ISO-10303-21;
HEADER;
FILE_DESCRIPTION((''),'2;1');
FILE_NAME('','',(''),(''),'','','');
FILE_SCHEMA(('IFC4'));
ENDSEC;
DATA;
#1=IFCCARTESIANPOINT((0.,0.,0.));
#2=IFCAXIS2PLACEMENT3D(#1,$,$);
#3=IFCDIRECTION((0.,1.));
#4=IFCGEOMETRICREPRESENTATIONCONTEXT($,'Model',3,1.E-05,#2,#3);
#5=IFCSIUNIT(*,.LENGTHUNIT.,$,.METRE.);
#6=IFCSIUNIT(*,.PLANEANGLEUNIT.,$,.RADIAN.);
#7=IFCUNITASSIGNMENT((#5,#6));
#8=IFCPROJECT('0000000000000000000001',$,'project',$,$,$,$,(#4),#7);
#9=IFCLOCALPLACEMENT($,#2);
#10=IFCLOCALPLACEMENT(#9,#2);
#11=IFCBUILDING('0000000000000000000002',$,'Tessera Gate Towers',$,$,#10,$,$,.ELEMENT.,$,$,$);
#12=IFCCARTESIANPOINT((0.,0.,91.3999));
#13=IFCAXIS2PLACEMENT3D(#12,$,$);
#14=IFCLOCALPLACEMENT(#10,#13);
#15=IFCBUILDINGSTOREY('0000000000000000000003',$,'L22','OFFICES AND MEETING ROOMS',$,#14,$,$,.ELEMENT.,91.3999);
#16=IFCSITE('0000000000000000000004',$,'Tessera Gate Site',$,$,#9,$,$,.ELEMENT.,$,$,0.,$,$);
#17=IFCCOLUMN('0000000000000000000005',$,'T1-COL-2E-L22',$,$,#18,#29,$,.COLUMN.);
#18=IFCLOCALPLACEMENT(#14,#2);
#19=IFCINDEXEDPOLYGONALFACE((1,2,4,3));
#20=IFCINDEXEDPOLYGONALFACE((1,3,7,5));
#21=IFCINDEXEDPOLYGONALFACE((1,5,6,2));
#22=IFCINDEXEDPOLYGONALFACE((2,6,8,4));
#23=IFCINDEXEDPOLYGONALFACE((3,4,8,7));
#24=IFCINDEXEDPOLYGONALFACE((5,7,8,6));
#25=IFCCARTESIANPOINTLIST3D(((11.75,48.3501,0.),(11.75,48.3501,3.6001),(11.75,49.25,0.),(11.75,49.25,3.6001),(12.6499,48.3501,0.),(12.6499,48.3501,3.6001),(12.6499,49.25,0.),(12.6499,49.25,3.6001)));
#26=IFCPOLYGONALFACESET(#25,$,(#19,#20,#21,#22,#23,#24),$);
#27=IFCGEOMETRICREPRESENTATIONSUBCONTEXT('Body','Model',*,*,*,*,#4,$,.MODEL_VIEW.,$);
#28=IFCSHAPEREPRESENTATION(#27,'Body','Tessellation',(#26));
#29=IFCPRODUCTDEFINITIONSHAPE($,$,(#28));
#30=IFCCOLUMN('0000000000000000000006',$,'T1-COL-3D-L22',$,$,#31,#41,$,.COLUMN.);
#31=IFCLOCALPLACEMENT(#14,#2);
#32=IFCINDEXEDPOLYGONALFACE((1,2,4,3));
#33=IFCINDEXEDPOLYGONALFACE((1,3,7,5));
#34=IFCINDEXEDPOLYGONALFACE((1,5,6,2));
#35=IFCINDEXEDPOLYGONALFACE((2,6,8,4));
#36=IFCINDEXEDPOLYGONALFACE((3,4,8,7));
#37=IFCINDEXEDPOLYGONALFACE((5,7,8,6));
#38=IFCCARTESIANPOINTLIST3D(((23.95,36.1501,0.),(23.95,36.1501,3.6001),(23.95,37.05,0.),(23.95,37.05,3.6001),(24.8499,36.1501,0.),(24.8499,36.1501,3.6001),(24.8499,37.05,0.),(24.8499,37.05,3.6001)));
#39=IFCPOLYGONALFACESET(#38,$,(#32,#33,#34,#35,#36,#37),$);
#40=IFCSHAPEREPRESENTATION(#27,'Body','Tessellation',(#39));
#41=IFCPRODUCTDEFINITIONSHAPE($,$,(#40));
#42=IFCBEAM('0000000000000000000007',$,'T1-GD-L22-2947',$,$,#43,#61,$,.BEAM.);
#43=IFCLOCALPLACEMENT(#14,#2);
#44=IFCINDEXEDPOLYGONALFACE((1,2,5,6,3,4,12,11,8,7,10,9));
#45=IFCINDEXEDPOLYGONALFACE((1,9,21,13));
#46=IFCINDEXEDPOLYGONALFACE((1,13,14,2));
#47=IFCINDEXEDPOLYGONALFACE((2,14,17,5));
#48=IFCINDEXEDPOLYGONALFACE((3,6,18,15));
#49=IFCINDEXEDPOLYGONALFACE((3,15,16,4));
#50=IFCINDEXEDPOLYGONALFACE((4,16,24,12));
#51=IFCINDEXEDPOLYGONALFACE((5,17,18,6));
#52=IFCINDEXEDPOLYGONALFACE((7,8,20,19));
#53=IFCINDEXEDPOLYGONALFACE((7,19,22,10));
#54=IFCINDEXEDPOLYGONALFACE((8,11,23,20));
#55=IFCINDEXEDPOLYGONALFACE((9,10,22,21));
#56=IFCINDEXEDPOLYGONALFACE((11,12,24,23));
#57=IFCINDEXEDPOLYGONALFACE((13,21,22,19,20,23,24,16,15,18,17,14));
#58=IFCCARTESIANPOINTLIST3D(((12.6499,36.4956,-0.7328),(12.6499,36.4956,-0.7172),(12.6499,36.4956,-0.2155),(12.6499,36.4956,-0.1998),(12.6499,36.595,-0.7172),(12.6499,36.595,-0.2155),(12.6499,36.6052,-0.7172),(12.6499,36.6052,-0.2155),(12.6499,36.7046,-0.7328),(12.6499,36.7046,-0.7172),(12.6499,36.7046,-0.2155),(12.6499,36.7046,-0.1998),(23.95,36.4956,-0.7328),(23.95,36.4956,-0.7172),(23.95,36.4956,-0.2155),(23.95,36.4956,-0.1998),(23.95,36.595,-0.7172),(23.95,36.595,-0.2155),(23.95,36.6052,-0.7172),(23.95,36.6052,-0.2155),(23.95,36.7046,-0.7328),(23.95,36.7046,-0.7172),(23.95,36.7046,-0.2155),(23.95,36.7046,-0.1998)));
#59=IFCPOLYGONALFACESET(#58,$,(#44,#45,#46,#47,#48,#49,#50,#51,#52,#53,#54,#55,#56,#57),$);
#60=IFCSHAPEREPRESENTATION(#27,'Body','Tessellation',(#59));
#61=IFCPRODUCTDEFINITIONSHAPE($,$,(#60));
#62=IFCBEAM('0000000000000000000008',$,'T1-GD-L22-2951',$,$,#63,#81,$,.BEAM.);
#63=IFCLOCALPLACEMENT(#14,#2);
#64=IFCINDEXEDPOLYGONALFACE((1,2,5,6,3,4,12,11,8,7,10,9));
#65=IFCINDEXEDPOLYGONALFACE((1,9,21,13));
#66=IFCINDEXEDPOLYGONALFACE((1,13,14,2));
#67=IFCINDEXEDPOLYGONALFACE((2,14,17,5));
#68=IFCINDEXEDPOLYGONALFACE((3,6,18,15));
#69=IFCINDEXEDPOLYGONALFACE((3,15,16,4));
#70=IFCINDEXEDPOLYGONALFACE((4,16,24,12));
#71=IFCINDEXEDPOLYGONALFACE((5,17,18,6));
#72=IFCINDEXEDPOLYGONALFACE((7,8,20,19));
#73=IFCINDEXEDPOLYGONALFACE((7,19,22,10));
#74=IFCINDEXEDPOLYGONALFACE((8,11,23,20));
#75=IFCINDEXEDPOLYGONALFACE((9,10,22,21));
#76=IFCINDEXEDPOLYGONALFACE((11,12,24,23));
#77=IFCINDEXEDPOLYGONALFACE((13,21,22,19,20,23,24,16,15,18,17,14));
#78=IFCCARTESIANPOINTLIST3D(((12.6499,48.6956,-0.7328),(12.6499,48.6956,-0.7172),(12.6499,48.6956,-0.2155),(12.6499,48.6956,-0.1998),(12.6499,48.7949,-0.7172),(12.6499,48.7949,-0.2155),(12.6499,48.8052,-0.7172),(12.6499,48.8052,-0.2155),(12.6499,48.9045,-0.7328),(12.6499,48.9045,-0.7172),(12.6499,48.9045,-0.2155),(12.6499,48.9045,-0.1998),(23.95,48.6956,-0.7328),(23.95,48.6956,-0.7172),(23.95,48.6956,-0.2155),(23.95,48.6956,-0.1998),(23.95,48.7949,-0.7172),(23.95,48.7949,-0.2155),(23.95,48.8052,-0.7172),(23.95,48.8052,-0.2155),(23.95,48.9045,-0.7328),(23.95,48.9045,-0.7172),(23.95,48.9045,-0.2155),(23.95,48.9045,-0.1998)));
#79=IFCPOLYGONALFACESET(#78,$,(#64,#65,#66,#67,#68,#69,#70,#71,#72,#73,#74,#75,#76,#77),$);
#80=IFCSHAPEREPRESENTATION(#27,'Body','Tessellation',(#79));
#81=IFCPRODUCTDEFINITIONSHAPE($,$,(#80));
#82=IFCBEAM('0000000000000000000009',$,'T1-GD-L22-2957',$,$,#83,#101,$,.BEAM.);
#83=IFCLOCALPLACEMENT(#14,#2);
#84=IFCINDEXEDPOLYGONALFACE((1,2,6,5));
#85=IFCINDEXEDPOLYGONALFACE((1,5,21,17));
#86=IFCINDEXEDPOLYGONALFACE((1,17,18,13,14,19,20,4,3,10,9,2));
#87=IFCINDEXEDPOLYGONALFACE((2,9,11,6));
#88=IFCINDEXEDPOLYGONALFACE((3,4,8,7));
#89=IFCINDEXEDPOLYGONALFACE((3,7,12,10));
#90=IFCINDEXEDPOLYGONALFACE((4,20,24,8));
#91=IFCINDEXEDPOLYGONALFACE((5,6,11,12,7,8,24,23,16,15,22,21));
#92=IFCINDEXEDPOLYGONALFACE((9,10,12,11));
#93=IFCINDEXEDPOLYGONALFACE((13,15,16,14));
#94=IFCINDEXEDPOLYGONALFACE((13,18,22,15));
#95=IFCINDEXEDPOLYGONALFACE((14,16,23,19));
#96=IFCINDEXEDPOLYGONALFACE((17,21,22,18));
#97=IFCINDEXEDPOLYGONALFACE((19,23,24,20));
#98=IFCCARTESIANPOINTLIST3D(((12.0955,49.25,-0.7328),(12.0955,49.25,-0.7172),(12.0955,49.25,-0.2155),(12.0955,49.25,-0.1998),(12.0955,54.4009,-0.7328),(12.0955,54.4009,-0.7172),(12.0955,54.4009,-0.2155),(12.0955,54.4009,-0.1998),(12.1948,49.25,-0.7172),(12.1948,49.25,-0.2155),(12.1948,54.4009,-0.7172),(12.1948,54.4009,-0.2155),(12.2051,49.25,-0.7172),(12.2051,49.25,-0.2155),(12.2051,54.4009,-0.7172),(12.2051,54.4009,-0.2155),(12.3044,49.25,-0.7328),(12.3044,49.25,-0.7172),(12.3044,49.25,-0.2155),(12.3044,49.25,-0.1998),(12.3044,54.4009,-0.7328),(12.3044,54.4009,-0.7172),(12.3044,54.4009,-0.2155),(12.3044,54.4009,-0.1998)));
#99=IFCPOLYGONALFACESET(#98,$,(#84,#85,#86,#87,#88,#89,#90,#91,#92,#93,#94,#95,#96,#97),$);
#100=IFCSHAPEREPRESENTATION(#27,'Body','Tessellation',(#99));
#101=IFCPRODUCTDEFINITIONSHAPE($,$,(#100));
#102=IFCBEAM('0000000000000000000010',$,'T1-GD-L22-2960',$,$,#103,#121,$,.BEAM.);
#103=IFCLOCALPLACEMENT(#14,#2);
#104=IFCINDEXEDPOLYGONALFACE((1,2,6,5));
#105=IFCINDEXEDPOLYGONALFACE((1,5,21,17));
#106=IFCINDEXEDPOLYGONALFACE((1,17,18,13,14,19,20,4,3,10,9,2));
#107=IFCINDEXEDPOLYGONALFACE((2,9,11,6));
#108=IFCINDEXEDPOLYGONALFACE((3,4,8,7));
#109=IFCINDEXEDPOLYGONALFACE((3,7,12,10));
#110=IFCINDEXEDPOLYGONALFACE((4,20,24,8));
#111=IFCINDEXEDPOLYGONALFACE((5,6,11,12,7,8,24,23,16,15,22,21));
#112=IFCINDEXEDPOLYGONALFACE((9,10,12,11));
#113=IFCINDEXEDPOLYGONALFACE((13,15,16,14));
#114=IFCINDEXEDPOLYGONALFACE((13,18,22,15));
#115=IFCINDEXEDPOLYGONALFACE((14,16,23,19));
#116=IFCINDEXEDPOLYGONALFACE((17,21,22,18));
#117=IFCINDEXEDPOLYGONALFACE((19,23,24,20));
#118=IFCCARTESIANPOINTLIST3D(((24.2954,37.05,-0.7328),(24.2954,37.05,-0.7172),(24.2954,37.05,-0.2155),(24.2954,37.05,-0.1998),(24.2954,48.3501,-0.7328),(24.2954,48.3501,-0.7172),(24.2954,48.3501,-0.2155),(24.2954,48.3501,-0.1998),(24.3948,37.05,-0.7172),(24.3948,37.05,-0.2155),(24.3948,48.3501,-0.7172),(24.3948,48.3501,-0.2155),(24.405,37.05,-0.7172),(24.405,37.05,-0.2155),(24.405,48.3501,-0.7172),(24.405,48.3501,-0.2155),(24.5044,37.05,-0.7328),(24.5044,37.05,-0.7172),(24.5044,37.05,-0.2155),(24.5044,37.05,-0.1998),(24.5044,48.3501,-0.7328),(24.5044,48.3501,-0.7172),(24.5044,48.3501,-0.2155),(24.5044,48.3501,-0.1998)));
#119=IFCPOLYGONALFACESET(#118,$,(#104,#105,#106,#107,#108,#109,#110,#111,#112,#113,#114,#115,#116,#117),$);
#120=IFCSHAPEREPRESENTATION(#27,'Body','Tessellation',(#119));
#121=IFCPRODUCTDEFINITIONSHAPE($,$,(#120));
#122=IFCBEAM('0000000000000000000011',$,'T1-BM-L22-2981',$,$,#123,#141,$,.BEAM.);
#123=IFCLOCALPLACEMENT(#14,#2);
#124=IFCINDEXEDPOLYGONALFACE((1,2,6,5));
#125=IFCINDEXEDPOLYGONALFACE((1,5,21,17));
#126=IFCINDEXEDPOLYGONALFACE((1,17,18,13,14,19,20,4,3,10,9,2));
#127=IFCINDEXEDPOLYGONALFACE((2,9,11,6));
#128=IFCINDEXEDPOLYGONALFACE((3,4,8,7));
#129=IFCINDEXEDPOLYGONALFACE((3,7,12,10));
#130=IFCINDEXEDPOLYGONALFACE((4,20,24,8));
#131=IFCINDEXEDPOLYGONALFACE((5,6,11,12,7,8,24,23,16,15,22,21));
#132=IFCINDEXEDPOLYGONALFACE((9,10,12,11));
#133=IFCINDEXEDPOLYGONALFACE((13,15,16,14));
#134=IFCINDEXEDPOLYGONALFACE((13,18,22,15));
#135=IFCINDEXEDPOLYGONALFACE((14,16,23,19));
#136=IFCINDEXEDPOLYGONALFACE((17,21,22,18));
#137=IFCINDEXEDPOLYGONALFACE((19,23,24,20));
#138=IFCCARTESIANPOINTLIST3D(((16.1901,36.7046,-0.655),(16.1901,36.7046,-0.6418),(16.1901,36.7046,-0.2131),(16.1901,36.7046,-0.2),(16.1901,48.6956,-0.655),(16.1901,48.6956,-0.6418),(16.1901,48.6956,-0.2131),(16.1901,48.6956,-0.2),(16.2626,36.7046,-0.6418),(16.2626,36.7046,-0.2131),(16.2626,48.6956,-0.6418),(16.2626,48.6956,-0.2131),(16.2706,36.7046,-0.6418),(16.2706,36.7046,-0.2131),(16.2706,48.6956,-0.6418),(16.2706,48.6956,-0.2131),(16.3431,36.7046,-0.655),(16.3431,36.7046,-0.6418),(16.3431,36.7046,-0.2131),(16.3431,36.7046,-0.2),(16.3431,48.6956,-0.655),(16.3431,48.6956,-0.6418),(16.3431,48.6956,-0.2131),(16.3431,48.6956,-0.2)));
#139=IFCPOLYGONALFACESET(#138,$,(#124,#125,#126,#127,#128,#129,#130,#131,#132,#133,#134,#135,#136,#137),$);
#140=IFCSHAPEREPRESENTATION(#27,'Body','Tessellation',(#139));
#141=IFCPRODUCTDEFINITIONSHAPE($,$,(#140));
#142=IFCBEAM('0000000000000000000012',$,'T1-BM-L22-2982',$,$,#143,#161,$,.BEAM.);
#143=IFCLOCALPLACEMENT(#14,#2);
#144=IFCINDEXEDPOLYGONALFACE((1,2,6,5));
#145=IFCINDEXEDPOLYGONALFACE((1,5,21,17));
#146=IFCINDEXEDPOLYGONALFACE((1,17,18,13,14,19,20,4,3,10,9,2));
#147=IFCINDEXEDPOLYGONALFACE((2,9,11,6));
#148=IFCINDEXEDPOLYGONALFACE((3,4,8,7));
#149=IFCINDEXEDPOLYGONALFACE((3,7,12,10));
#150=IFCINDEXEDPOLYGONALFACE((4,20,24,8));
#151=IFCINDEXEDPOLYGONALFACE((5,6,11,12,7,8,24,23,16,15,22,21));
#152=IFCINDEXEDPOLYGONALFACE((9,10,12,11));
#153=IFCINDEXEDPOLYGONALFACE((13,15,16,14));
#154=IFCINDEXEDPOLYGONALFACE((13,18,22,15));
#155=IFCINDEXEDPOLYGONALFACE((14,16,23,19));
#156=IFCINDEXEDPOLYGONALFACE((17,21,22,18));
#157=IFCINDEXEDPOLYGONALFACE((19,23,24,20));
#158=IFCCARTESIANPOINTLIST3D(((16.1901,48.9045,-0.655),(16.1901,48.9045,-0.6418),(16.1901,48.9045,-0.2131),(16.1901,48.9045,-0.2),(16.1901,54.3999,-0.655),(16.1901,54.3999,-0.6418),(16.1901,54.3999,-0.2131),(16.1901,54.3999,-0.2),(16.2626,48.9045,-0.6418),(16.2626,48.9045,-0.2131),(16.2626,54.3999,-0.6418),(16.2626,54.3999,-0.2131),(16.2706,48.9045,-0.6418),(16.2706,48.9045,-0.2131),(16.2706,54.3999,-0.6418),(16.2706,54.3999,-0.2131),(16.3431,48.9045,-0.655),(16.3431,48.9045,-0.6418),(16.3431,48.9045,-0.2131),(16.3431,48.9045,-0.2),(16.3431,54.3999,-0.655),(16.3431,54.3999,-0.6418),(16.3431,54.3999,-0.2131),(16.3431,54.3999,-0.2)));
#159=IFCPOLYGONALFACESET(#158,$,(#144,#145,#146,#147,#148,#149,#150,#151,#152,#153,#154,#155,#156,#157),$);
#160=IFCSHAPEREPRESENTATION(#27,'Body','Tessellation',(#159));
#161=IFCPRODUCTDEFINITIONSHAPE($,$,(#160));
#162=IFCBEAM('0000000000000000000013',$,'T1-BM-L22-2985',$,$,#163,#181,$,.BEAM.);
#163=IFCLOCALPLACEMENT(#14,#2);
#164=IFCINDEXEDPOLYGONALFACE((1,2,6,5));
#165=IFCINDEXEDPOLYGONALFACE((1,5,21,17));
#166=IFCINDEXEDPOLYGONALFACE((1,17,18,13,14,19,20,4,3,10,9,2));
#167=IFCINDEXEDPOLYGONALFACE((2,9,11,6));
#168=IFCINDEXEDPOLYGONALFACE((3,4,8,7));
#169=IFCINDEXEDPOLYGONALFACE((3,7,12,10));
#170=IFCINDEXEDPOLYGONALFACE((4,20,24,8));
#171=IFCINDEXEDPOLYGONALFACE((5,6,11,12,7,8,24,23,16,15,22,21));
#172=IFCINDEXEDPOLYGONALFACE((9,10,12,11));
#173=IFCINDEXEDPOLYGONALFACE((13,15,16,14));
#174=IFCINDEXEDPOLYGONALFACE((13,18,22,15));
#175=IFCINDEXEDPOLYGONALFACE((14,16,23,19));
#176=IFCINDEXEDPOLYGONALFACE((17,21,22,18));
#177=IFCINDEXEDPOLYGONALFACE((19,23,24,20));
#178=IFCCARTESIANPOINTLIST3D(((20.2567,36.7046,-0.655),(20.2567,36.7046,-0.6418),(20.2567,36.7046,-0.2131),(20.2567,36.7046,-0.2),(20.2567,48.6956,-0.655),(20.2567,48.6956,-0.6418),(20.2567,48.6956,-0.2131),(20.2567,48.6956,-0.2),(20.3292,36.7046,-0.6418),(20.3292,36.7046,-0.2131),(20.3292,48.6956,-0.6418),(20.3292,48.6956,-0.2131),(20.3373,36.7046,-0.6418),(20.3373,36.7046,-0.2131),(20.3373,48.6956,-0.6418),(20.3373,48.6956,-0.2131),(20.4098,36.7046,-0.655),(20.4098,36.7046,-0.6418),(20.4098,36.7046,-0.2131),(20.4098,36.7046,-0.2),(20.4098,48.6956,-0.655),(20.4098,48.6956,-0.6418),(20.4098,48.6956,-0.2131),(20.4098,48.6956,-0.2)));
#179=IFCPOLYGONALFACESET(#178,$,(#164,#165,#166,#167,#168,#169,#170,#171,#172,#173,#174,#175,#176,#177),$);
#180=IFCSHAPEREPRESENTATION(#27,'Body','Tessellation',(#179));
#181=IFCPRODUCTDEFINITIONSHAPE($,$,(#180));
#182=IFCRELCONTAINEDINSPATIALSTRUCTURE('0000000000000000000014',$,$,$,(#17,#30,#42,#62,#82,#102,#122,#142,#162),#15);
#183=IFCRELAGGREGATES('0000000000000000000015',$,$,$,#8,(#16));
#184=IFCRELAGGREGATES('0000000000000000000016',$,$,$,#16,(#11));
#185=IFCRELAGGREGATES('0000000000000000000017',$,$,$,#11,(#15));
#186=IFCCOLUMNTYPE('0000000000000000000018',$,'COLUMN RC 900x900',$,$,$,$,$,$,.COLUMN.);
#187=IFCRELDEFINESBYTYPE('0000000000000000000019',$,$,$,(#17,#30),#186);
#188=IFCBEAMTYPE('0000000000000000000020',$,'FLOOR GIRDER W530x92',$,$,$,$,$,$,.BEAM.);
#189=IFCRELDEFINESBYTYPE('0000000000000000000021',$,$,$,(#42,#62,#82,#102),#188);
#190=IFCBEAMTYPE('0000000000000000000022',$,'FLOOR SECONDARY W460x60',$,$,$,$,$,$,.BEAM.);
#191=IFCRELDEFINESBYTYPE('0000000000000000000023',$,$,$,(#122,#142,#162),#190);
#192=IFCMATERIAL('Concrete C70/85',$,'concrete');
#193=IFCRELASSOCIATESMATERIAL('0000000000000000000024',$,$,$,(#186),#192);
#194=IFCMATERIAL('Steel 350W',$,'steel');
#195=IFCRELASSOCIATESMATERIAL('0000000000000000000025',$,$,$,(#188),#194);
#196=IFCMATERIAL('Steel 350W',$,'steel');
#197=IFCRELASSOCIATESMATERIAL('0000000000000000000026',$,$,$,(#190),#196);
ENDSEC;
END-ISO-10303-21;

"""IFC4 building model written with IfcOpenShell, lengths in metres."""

from ifc_helpers import new_model, si_unit, direction, frame, origin, origin_2d, place, context, subcontext, project, spatial, rectangle, i_section, extrude, material, material_profile, profile_set, type_object, element, save


model = new_model("IFC4")

# Units and contexts
model_context = context("Model", 3, precision=1e-05, world=origin(), true_north=direction((0.0, 1.0)))
body_context = subcontext(model_context, "Body", "Model", "MODEL_VIEW")
ifc_project = project(units=[si_unit("LENGTHUNIT", "METRE"), si_unit("PLANEANGLEUNIT", "RADIAN")], contexts=[model_context])

# Site, building, storey
site_placement = place(None, origin())
site = spatial("IfcSite", under=ifc_project, at=site_placement, Name="Tessera Gate Site", CompositionType="ELEMENT", RefElevation=0.0)
building_placement = place(site_placement, origin())
building = spatial("IfcBuilding", under=site, at=building_placement, Name="Tessera Gate Towers", CompositionType="ELEMENT")
storey_placement = place(building_placement, frame((0.0, 0.0, 91.3999)))
storey = spatial("IfcBuildingStorey", under=building, at=storey_placement, Name="L22", Description="OFFICES AND MEETING ROOMS", CompositionType="ELEMENT", Elevation=91.3999)

# Columns
ifc_material_1 = material(Name="Concrete C70/85", Category="concrete")
ifc_material_profile_1 = material_profile(ifc_material_1, rectangle(XDim=0.8999, YDim=0.8999, at=origin_2d()), Name="RC 900x900")
ifc_profile_set_1 = profile_set([ifc_material_profile_1], Name="Concrete C70/85")
column_type = type_object("IfcColumnType", Name="COLUMN RC 900x900", PredefinedType="COLUMN", material=ifc_profile_set_1)
for number, where, z_axis, x_axis, name in (
    (1, (12.2, 48.8, 0.0), (0.0, 0.0, 1.0), (1.0, 0.0, 0.0), "T1-COL-2E-L22"),
    (2, (24.3999, 36.6001, 0.0), (0.0, 0.0, 1.0), (1.0, 0.0, 0.0), "T1-COL-3D-L22"),
):
    element("IfcColumn", number, at=place(storey_placement, frame(where, z_axis=z_axis, x_axis=x_axis)), inside=storey, type_object=column_type, Name=name, PredefinedType="COLUMN", context=body_context, shape_type="SweptSolid", body=[
        extrude(rectangle(XDim=0.8999, YDim=0.8999, at=origin_2d()), origin(), (0.0, 0.0, 1.0), 3.6001),
    ])

# Beams
ifc_material_2 = material(Name="Steel 350W", Category="steel")
ifc_material_profile_2 = material_profile(ifc_material_2, i_section(OverallWidth=0.209, OverallDepth=0.533, WebThickness=0.0103, FlangeThickness=0.0156, at=origin_2d()), Name="W530x92")
ifc_profile_set_2 = profile_set([ifc_material_profile_2], Name="Steel 350W")
beam_type_1 = type_object("IfcBeamType", Name="FLOOR GIRDER W530x92", PredefinedType="BEAM", material=ifc_profile_set_2)
for number, where, z_axis, x_axis, name in (
    (3, (12.6499, 36.6001, -0.4663), (1.0, 0.0, 0.0), (0.0, 1.0, 0.0), "T1-GD-L22-2947"),
    (4, (12.6499, 48.8, -0.4663), (1.0, 0.0, 0.0), (0.0, 1.0, 0.0), "T1-GD-L22-2951"),
):
    element("IfcBeam", number, at=place(storey_placement, frame(where, z_axis=z_axis, x_axis=x_axis)), inside=storey, type_object=beam_type_1, Name=name, PredefinedType="BEAM", context=body_context, shape_type="SweptSolid", body=[
        extrude(i_section(OverallWidth=0.209, OverallDepth=0.533, WebThickness=0.0103, FlangeThickness=0.0156, at=origin_2d()), origin(), (0.0, 0.0, 1.0), 11.3),
    ])
beam_1_placement = place(storey_placement, frame((12.2, 49.25, -0.4663), z_axis=(0.0, 1.0, 0.0), x_axis=(-1.0, 0.0, 0.0)))
element("IfcBeam", 5, at=beam_1_placement, inside=storey, type_object=beam_type_1, Name="T1-GD-L22-2957", PredefinedType="BEAM", context=body_context, shape_type="SweptSolid", body=[
    extrude(i_section(OverallWidth=0.209, OverallDepth=0.533, WebThickness=0.0103, FlangeThickness=0.0156, at=origin_2d()), origin(), (0.0, 0.0, 1.0), 5.1509),
])
beam_2_placement = place(storey_placement, frame((24.3999, 37.05, -0.4663), z_axis=(0.0, 1.0, 0.0), x_axis=(-1.0, 0.0, 0.0)))
element("IfcBeam", 6, at=beam_2_placement, inside=storey, type_object=beam_type_1, Name="T1-GD-L22-2960", PredefinedType="BEAM", context=body_context, shape_type="SweptSolid", body=[
    extrude(i_section(OverallWidth=0.209, OverallDepth=0.533, WebThickness=0.0103, FlangeThickness=0.0156, at=origin_2d()), origin(), (0.0, 0.0, 1.0), 11.3),
])
ifc_material_3 = material(Name="Steel 350W", Category="steel")
ifc_material_profile_3 = material_profile(ifc_material_3, i_section(OverallWidth=0.1531, OverallDepth=0.4551, WebThickness=0.0081, FlangeThickness=0.0132, at=origin_2d()), Name="W460x60")
ifc_profile_set_3 = profile_set([ifc_material_profile_3], Name="Steel 350W")
beam_type_2 = type_object("IfcBeamType", Name="FLOOR SECONDARY W460x60", PredefinedType="BEAM", material=ifc_profile_set_3)
beam_3_placement = place(storey_placement, frame((16.2666, 36.7046, -0.4275), z_axis=(0.0, 1.0, 0.0), x_axis=(-1.0, 0.0, 0.0)))
element("IfcBeam", 7, at=beam_3_placement, inside=storey, type_object=beam_type_2, Name="T1-BM-L22-2981", PredefinedType="BEAM", context=body_context, shape_type="SweptSolid", body=[
    extrude(i_section(OverallWidth=0.1531, OverallDepth=0.4551, WebThickness=0.0081, FlangeThickness=0.0132, at=origin_2d()), origin(), (0.0, 0.0, 1.0), 11.991),
])
beam_4_placement = place(storey_placement, frame((16.2666, 48.9045, -0.4275), z_axis=(0.0, 1.0, 0.0), x_axis=(-1.0, 0.0, 0.0)))
element("IfcBeam", 8, at=beam_4_placement, inside=storey, type_object=beam_type_2, Name="T1-BM-L22-2982", PredefinedType="BEAM", context=body_context, shape_type="SweptSolid", body=[
    extrude(i_section(OverallWidth=0.1531, OverallDepth=0.4551, WebThickness=0.0081, FlangeThickness=0.0132, at=origin_2d()), origin(), (0.0, 0.0, 1.0), 5.4954),
])
beam_5_placement = place(storey_placement, frame((20.3333, 36.7046, -0.4275), z_axis=(0.0, 1.0, 0.0), x_axis=(-1.0, 0.0, 0.0)))
element("IfcBeam", 9, at=beam_5_placement, inside=storey, type_object=beam_type_2, Name="T1-BM-L22-2985", PredefinedType="BEAM", context=body_context, shape_type="SweptSolid", body=[
    extrude(i_section(OverallWidth=0.1531, OverallDepth=0.4551, WebThickness=0.0081, FlangeThickness=0.0132, at=origin_2d()), origin(), (0.0, 0.0, 1.0), 11.991),
])

save(model, "model.ifc")
